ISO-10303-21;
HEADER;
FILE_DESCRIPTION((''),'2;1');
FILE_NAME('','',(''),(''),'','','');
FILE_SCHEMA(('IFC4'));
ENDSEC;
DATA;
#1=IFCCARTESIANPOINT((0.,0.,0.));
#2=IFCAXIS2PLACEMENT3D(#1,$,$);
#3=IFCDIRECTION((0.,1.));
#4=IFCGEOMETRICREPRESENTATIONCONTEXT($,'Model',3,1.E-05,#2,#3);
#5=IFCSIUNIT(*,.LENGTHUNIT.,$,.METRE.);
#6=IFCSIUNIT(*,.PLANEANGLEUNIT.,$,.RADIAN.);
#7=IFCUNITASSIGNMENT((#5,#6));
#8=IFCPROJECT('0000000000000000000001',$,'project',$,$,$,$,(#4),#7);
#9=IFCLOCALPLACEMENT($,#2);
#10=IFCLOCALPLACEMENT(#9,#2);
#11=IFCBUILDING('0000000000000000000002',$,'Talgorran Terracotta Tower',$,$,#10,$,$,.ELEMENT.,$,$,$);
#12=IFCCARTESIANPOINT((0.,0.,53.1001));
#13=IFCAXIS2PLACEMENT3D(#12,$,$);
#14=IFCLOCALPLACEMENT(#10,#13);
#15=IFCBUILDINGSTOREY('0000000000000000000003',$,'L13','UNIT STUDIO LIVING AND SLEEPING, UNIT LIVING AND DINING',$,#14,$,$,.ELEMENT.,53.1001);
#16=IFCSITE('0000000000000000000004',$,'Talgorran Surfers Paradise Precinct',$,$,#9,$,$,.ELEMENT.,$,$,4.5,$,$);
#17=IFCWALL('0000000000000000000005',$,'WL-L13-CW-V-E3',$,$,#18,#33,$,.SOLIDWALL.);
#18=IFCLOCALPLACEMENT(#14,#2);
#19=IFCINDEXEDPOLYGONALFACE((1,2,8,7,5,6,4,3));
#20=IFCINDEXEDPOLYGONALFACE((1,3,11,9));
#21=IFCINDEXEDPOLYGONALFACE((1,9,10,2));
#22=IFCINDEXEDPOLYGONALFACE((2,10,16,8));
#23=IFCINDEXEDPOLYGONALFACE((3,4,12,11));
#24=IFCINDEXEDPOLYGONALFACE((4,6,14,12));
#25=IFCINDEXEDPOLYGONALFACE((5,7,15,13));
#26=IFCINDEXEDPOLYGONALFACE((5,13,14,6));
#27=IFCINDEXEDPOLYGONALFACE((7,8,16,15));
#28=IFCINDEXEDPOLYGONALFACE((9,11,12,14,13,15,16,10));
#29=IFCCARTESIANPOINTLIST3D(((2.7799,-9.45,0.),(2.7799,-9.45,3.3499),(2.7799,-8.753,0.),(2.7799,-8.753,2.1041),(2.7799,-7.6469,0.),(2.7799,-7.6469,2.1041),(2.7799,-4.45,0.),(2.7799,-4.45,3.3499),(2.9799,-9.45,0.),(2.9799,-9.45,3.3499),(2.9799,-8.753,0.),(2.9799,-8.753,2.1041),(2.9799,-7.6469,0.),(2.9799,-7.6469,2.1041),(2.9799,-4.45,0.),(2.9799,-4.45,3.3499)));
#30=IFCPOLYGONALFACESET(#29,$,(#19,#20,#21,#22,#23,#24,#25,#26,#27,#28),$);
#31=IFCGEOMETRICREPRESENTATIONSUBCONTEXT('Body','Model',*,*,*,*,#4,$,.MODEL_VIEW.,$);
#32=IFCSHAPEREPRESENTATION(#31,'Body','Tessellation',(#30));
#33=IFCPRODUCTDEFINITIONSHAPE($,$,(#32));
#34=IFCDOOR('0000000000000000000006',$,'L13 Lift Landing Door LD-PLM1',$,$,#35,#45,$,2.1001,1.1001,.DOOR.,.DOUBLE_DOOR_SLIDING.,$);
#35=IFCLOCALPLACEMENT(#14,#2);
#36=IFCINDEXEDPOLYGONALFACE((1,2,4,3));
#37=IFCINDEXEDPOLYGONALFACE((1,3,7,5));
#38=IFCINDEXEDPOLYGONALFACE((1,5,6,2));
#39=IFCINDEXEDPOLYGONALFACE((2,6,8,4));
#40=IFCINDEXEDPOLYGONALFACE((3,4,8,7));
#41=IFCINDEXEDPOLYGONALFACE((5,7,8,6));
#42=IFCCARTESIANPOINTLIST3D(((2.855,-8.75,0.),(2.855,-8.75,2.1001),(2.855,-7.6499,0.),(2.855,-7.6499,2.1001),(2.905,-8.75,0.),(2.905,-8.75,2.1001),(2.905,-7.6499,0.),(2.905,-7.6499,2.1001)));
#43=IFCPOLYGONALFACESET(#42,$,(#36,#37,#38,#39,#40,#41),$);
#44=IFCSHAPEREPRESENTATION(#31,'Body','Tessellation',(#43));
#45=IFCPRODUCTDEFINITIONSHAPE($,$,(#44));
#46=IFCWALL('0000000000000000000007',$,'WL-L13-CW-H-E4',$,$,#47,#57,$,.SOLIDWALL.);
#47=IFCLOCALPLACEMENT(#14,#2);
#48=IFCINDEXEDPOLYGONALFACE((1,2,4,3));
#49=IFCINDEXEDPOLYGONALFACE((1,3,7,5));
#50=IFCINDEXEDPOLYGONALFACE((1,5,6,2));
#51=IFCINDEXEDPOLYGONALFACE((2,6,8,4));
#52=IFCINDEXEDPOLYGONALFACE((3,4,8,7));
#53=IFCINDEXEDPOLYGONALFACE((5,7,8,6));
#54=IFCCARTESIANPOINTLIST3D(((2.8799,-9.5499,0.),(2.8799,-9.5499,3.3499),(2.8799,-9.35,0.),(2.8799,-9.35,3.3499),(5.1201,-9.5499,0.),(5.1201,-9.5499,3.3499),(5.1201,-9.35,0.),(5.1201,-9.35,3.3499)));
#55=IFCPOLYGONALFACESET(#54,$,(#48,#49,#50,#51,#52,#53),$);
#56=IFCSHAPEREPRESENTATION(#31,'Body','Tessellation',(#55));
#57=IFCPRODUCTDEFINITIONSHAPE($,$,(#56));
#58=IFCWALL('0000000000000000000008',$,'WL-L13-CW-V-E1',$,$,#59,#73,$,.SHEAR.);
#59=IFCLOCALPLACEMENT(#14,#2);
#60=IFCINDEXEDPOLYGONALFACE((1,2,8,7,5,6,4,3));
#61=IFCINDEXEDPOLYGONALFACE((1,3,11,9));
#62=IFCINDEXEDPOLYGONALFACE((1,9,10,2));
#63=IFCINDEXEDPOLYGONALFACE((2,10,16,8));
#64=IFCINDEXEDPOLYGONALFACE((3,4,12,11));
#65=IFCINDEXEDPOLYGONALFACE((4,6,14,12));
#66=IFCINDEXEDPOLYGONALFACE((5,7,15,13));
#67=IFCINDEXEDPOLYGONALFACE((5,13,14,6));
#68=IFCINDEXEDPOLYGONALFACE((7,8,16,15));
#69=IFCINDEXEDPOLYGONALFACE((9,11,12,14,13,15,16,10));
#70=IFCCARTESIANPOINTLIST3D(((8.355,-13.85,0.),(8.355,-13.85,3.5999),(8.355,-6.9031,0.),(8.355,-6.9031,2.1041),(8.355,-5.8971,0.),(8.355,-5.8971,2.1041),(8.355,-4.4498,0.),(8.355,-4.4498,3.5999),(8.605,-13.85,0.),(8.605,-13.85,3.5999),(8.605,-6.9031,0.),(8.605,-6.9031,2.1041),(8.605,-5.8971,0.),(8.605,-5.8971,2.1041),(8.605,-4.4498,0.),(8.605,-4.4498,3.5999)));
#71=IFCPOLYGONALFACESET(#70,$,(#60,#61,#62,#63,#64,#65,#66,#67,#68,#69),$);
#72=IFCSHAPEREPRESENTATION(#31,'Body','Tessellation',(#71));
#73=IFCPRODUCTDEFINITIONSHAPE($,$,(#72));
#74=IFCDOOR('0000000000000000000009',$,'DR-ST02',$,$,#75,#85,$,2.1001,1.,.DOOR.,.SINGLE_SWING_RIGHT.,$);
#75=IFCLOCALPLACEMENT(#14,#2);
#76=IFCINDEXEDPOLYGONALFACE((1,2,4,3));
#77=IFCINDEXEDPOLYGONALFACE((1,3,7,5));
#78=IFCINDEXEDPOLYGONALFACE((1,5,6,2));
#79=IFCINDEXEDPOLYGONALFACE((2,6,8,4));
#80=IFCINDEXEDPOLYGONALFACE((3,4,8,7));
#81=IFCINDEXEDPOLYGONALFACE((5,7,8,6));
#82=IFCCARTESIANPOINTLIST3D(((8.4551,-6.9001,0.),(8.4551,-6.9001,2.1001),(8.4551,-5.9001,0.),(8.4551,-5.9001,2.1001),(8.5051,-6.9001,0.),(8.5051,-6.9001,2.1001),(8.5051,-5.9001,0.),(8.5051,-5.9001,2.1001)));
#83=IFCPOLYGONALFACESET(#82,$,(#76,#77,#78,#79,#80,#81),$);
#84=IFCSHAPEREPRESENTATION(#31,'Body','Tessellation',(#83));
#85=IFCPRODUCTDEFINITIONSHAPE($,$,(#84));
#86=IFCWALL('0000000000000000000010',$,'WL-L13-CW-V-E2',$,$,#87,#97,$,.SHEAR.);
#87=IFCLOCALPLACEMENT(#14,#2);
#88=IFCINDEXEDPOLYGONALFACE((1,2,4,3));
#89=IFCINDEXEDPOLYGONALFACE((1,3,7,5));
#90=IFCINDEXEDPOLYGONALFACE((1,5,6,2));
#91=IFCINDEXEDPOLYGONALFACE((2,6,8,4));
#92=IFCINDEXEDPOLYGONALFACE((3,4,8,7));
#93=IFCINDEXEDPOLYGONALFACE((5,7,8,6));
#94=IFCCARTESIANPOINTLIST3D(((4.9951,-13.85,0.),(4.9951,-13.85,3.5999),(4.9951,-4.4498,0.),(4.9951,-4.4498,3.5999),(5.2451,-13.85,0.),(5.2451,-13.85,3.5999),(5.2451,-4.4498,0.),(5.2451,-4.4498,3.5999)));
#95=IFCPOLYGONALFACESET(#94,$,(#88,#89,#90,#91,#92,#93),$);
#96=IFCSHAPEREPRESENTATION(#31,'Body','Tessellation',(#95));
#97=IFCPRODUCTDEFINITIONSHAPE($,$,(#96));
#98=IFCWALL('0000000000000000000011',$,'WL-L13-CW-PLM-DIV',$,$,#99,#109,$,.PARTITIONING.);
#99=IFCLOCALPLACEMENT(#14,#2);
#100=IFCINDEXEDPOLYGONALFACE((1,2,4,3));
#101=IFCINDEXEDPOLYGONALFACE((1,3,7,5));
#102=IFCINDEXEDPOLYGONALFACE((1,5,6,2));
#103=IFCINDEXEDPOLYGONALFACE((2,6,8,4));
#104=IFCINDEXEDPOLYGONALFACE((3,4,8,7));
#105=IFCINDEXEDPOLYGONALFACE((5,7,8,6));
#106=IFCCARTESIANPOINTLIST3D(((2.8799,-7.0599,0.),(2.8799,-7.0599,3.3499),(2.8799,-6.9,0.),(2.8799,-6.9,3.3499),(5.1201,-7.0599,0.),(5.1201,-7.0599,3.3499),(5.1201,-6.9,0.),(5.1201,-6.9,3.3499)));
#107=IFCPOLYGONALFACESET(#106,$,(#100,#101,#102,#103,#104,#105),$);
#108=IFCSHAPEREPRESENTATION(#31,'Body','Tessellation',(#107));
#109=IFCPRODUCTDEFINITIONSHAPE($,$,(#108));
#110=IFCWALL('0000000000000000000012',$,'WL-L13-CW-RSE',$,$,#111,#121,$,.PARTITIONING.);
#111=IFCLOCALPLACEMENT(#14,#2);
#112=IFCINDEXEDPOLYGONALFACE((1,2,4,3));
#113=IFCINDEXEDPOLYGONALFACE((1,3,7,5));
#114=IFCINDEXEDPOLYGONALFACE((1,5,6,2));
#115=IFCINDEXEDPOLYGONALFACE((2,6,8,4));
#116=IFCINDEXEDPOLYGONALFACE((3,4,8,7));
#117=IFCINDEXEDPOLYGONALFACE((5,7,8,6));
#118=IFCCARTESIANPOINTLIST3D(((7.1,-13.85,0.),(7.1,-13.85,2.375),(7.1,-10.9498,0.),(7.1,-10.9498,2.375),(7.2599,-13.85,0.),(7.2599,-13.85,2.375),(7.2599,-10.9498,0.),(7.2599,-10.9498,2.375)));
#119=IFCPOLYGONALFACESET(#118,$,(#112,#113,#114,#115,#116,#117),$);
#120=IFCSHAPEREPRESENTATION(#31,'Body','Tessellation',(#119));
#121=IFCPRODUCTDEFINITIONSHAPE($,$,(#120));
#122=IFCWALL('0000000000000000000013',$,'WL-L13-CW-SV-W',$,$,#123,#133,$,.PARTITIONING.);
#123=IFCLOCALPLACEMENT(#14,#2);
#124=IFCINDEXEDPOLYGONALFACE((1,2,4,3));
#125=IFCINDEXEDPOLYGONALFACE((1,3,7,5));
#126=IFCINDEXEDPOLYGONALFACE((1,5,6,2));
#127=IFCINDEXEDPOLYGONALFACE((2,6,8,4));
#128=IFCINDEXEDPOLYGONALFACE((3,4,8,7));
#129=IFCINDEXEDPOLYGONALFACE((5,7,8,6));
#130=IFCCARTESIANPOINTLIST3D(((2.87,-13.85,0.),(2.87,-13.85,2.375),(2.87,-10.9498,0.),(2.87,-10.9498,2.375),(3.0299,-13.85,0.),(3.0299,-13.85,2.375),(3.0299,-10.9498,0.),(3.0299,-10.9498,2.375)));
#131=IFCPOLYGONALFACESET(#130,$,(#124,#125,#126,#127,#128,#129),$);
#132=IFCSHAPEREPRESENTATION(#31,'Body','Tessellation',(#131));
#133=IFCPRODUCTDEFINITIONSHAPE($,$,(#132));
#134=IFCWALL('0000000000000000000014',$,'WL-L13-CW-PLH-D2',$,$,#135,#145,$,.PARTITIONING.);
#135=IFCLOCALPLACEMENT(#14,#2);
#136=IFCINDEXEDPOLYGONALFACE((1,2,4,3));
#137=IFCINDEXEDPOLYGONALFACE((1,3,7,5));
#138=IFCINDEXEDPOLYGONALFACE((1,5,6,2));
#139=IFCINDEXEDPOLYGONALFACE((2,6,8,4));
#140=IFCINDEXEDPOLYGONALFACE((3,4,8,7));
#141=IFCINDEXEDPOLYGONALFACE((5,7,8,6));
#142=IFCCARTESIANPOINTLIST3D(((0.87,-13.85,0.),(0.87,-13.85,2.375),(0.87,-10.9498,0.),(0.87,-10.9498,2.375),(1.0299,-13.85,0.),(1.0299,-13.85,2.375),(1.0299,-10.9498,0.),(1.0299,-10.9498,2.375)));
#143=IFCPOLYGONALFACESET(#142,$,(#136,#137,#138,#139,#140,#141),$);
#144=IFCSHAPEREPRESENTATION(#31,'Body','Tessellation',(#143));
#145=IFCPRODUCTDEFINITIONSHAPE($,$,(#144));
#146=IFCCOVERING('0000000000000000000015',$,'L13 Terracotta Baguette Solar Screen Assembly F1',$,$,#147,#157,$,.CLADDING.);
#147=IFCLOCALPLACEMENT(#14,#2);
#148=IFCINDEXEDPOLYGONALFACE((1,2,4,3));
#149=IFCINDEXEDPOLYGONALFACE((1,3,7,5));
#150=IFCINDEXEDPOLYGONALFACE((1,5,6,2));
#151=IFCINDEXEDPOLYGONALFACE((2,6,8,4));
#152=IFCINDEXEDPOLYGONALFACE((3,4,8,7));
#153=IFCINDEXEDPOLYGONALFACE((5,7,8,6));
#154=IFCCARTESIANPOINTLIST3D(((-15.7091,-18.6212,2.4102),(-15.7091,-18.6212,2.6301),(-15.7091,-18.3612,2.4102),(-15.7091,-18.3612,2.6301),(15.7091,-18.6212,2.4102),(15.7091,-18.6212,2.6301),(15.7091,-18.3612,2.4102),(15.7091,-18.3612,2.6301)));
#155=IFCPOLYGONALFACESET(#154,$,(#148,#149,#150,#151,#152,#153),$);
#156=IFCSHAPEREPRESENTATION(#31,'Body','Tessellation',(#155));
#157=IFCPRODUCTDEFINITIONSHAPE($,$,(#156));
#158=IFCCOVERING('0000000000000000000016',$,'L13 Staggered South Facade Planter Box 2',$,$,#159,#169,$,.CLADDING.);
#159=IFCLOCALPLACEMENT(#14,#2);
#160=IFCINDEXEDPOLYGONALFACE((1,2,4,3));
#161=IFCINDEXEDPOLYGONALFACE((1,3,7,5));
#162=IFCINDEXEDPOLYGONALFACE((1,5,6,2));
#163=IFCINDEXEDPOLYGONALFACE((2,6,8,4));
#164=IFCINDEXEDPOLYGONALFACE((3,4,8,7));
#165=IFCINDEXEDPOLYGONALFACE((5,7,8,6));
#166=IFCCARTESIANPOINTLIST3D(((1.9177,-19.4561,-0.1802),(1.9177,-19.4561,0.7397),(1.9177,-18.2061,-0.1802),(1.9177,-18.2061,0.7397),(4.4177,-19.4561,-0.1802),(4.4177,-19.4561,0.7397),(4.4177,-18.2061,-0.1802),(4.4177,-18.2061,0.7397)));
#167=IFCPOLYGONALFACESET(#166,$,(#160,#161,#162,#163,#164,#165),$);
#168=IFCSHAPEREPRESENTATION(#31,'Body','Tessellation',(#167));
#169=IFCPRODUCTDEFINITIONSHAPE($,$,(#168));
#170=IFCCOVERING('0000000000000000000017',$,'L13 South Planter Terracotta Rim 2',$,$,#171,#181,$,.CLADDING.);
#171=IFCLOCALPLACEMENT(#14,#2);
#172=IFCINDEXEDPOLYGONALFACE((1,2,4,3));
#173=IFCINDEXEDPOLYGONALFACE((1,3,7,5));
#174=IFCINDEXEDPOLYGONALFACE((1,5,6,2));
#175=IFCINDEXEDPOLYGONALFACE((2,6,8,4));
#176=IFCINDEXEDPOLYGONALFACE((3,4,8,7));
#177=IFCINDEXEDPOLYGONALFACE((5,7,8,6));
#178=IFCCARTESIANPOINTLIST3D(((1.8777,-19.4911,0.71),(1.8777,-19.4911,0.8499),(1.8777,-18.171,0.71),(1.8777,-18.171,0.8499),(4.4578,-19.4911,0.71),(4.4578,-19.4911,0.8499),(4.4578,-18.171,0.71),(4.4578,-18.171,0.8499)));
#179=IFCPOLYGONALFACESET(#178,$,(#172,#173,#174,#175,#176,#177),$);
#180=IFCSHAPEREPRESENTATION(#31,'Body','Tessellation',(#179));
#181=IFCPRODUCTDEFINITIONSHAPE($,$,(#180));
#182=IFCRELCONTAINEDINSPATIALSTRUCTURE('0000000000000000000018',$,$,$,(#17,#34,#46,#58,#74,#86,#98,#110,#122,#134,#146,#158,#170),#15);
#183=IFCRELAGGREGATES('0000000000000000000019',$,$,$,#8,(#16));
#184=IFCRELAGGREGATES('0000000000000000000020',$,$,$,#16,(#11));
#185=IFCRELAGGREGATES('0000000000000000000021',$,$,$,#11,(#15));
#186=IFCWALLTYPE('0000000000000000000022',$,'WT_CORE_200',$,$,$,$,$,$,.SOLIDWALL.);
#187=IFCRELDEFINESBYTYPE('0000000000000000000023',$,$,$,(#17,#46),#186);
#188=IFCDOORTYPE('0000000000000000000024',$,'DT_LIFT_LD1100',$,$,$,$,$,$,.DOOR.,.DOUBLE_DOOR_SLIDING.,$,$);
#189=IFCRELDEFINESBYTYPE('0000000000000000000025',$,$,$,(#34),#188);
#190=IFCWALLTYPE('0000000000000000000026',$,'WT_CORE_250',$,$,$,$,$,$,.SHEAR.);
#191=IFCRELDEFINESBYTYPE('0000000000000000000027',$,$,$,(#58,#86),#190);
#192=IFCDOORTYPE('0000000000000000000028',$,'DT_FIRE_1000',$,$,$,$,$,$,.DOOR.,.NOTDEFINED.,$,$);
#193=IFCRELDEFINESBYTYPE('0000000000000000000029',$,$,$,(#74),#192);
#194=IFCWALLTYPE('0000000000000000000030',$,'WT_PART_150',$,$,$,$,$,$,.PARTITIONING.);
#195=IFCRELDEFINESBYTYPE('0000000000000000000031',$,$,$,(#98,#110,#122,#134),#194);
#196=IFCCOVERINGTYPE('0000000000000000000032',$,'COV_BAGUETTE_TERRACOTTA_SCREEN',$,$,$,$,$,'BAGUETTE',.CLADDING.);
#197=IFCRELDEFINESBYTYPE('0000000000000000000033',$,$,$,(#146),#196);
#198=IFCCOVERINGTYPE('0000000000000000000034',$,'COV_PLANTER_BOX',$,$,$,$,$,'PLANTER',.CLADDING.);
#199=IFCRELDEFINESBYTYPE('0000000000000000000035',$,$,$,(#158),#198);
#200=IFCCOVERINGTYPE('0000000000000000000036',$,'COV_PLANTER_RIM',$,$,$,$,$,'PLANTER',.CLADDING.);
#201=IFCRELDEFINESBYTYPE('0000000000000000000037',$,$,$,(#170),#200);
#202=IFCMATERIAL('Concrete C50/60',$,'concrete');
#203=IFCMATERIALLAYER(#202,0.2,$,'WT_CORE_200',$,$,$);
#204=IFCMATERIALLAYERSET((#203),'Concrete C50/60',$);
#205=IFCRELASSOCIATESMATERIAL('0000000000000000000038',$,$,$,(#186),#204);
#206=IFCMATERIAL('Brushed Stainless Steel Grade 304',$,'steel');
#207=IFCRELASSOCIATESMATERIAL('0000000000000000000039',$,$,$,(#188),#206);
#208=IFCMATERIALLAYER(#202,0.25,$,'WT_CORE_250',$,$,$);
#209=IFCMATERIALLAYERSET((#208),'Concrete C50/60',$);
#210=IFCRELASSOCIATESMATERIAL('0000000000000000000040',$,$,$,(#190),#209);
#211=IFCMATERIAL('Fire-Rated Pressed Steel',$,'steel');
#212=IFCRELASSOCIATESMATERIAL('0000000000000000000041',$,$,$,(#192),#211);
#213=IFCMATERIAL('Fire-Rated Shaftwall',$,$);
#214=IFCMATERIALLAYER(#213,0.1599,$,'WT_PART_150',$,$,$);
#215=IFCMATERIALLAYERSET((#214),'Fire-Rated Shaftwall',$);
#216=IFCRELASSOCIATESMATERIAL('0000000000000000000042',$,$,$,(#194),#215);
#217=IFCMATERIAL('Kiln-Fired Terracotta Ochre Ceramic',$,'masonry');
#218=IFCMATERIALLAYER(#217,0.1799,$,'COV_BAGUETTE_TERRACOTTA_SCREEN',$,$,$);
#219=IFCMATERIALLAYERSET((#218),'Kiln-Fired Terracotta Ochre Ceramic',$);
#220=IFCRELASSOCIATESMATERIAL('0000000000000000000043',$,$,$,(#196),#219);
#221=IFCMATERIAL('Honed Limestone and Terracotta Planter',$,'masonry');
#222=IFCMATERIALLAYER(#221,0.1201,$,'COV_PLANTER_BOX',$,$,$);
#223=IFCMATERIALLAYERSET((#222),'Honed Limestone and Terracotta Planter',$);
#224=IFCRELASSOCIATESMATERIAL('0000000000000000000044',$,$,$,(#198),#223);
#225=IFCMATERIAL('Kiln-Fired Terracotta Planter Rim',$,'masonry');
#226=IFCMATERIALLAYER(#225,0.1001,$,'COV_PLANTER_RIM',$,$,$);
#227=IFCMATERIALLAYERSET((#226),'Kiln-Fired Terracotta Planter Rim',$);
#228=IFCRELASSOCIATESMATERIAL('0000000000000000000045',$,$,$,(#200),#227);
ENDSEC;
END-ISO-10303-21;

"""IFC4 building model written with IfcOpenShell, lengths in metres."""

from ifc_helpers import new_model, si_unit, direction, frame, frame_2d, origin, origin_2d, place, context, subcontext, project, spatial, rectangle, extrude, material, layer, layer_set, type_object, element, fill, save


model = new_model("IFC4")

# Units and contexts
model_context = context("Model", 3, precision=1e-05, world=origin(), true_north=direction((0.0, 1.0)))
body_context = subcontext(model_context, "Body", "Model", "MODEL_VIEW")
ifc_project = project(units=[si_unit("LENGTHUNIT", "METRE"), si_unit("PLANEANGLEUNIT", "RADIAN")], contexts=[model_context])

# Site, building, storey
site_placement = place(None, origin())
site = spatial("IfcSite", under=ifc_project, at=site_placement, Name="Talgorran Surfers Paradise Precinct", CompositionType="ELEMENT", RefElevation=4.5)
building_placement = place(site_placement, origin())
building = spatial("IfcBuilding", under=site, at=building_placement, Name="Talgorran Terracotta Tower", CompositionType="ELEMENT")
storey_placement = place(building_placement, frame((0.0, 0.0, 53.1001)))
storey = spatial("IfcBuildingStorey", under=building, at=storey_placement, Name="L13", Description="UNIT STUDIO LIVING AND SLEEPING, UNIT LIVING AND DINING", CompositionType="ELEMENT", Elevation=53.1001)

# Shared definitions
ifc_material_1 = material(Name="Concrete C50/60", Category="concrete")
ifc_layer_1 = layer(ifc_material_1, 0.2, Name="WT_CORE_200")
ifc_layer_set_1 = layer_set([ifc_layer_1], Name="Concrete C50/60")
wall_type_1 = type_object("IfcWallType", Name="WT_CORE_200", PredefinedType="SOLIDWALL", material=ifc_layer_set_1)

# Shared definitions
ifc_material_2 = material(Name="Brushed Stainless Steel Grade 304", Category="steel")
door_type_1 = type_object("IfcDoorType", Name="DT_LIFT_LD1100", OperationType="DOUBLE_DOOR_SLIDING", PredefinedType="DOOR", material=ifc_material_2)
ifc_material_3 = material(Name="Fire-Rated Pressed Steel", Category="steel")

# Wall, opening, door
wall_1_placement = place(storey_placement, frame((2.8799, -9.45, 0.0), z_axis=(0.0, 0.0, 1.0), x_axis=(0.0, 1.0, 0.0)))
wall_1 = element("IfcWall", 1, at=wall_1_placement, inside=storey, type_object=wall_type_1, Name="WL-L13-CW-V-E3", PredefinedType="SOLIDWALL", context=body_context, shape_type="SweptSolid", body=[
    extrude(rectangle(XDim=5.0, YDim=0.2, at=frame_2d((2.5, 0.0))), origin(), (0.0, 0.0, 1.0), 3.3499),
])
opening_1_placement = place(wall_1_placement, frame((0.7, 0.0, 0.0)))
opening_1 = element("IfcOpeningElement", 2, at=opening_1_placement, cuts=wall_1, PredefinedType="OPENING", context=body_context, shape_type="SweptSolid", body=[
    extrude(rectangle(XDim=1.1061, YDim=2.1041, at=frame_2d((0.55, 1.052))), frame((0.0, 0.1099, 0.0), z_axis=(0.0, -1.0, 0.0), x_axis=(1.0, 0.0, 0.0)), (0.0, 0.0, 1.0), 0.22),
])
door_1_placement = place(opening_1_placement, origin())
door_1 = element("IfcDoor", 3, at=door_1_placement, inside=storey, type_object=door_type_1, Name="L13 Lift Landing Door LD-PLM1", OperationType="DOUBLE_DOOR_SLIDING", OverallHeight=2.1001, OverallWidth=1.1001, PredefinedType="DOOR", context=body_context, shape_type="SweptSolid", body=[
    extrude(rectangle(XDim=1.1001, YDim=2.1001, at=frame_2d((0.55, 1.05))), frame((0.0, 0.0249, 0.0), z_axis=(0.0, -1.0, 0.0), x_axis=(1.0, 0.0, 0.0)), (0.0, 0.0, 1.0), 0.05),
])
fill(opening_1, door_1)

# Wall
wall_2_placement = place(storey_placement, frame((2.8799, -9.45, 0.0), z_axis=(0.0, 0.0, 1.0), x_axis=(1.0, 0.0, 0.0)))
element("IfcWall", 4, at=wall_2_placement, inside=storey, type_object=wall_type_1, Name="WL-L13-CW-H-E4", PredefinedType="SOLIDWALL", context=body_context, shape_type="SweptSolid", body=[
    extrude(rectangle(XDim=2.2402, YDim=0.2, at=frame_2d((1.1201, 0.0))), origin(), (0.0, 0.0, 1.0), 3.3499),
])

# Wall, opening, door
ifc_layer_2 = layer(ifc_material_1, 0.25, Name="WT_CORE_250")
ifc_layer_set_2 = layer_set([ifc_layer_2], Name="Concrete C50/60")
wall_type_2 = type_object("IfcWallType", Name="WT_CORE_250", PredefinedType="SHEAR", material=ifc_layer_set_2)
wall_3_placement = place(storey_placement, frame((8.48, -13.8501, 0.0), z_axis=(0.0, 0.0, 1.0), x_axis=(0.0, 1.0, 0.0)))
wall_3 = element("IfcWall", 5, at=wall_3_placement, inside=storey, type_object=wall_type_2, Name="WL-L13-CW-V-E1", PredefinedType="SHEAR", context=body_context, shape_type="SweptSolid", body=[
    extrude(rectangle(XDim=9.4001, YDim=0.25, at=frame_2d((4.7002, 0.0))), origin(), (0.0, 0.0, 1.0), 3.5999),
])
opening_2_placement = place(wall_3_placement, frame((6.95, 0.0, 0.0)))
opening_2 = element("IfcOpeningElement", 6, at=opening_2_placement, cuts=wall_3, PredefinedType="OPENING", context=body_context, shape_type="SweptSolid", body=[
    extrude(rectangle(XDim=1.006, YDim=2.1041, at=frame_2d((0.5, 1.052))), frame((0.0, 0.135, 0.0), z_axis=(0.0, -1.0, 0.0), x_axis=(1.0, 0.0, 0.0)), (0.0, 0.0, 1.0), 0.27),
])
door_type_2 = type_object("IfcDoorType", Name="DT_FIRE_1000", OperationType="NOTDEFINED", PredefinedType="DOOR", material=ifc_material_3)
door_2_placement = place(opening_2_placement, origin())
door_2 = element("IfcDoor", 7, at=door_2_placement, inside=storey, type_object=door_type_2, Name="DR-ST02", OperationType="SINGLE_SWING_RIGHT", OverallHeight=2.1001, OverallWidth=1.0, PredefinedType="DOOR", context=body_context, shape_type="SweptSolid", body=[
    extrude(rectangle(XDim=1.0, YDim=2.1001, at=frame_2d((0.5, 1.05))), frame((0.0, 0.0249, 0.0), z_axis=(0.0, -1.0, 0.0), x_axis=(1.0, 0.0, 0.0)), (0.0, 0.0, 1.0), 0.05),
])
fill(opening_2, door_2)

# Walls
wall_4_placement = place(storey_placement, frame((5.1201, -13.8501, 0.0), z_axis=(0.0, 0.0, 1.0), x_axis=(0.0, 1.0, 0.0)))
element("IfcWall", 8, at=wall_4_placement, inside=storey, type_object=wall_type_2, Name="WL-L13-CW-V-E2", PredefinedType="SHEAR", context=body_context, shape_type="SweptSolid", body=[
    extrude(rectangle(XDim=9.4001, YDim=0.25, at=frame_2d((4.7002, 0.0))), origin(), (0.0, 0.0, 1.0), 3.5999),
])
ifc_material_4 = material(Name="Fire-Rated Shaftwall")
ifc_layer_3 = layer(ifc_material_4, 0.1599, Name="WT_PART_150")
ifc_layer_set_3 = layer_set([ifc_layer_3], Name="Fire-Rated Shaftwall")
wall_type_3 = type_object("IfcWallType", Name="WT_PART_150", PredefinedType="PARTITIONING", material=ifc_layer_set_3)
wall_5_placement = place(storey_placement, frame((2.8799, -6.98, 0.0), z_axis=(0.0, 0.0, 1.0), x_axis=(1.0, 0.0, 0.0)))
element("IfcWall", 9, at=wall_5_placement, inside=storey, type_object=wall_type_3, Name="WL-L13-CW-PLM-DIV", PredefinedType="PARTITIONING", context=body_context, shape_type="SweptSolid", body=[
    extrude(rectangle(XDim=2.2402, YDim=0.1599, at=frame_2d((1.1201, 0.0))), origin(), (0.0, 0.0, 1.0), 3.3499),
])
for number, where, z_axis, x_axis, name in (
    (10, (7.1799, -13.8501, 0.0), (0.0, 0.0, 1.0), (0.0, 1.0, 0.0), "WL-L13-CW-RSE"),
    (11, (2.95, -13.8501, 0.0), (0.0, 0.0, 1.0), (0.0, 1.0, 0.0), "WL-L13-CW-SV-W"),
    (12, (0.95, -13.8501, 0.0), (0.0, 0.0, 1.0), (0.0, 1.0, 0.0), "WL-L13-CW-PLH-D2"),
):
    element("IfcWall", number, at=place(storey_placement, frame(where, z_axis=z_axis, x_axis=x_axis)), inside=storey, type_object=wall_type_3, Name=name, PredefinedType="PARTITIONING", context=body_context, shape_type="SweptSolid", body=[
        extrude(rectangle(XDim=2.9001, YDim=0.1599, at=frame_2d((1.4502, 0.0))), origin(), (0.0, 0.0, 1.0), 2.375),
    ])

# Coverings
ifc_material_5 = material(Name="Kiln-Fired Terracotta Ochre Ceramic", Category="masonry")
ifc_layer_4 = layer(ifc_material_5, 0.1799, Name="COV_BAGUETTE_TERRACOTTA_SCREEN")
ifc_layer_set_4 = layer_set([ifc_layer_4], Name="Kiln-Fired Terracotta Ochre Ceramic")
covering_type_1 = type_object("IfcCoveringType", Name="COV_BAGUETTE_TERRACOTTA_SCREEN", ElementType="BAGUETTE", PredefinedType="CLADDING", material=ifc_layer_set_4)
covering_1_placement = place(storey_placement, frame((0.0, -18.4912, 2.4102), z_axis=(0.0, 0.0, 1.0), x_axis=(1.0, 0.0, 0.0)))
element("IfcCovering", 13, at=covering_1_placement, inside=storey, type_object=covering_type_1, Name="L13 Terracotta Baguette Solar Screen Assembly F1", PredefinedType="CLADDING", context=body_context, shape_type="SweptSolid", body=[
    extrude(rectangle(XDim=31.4182, YDim=0.26, at=origin_2d()), origin(), (0.0, 0.0, 1.0), 0.22),
])
ifc_material_6 = material(Name="Honed Limestone and Terracotta Planter", Category="masonry")
ifc_layer_5 = layer(ifc_material_6, 0.1201, Name="COV_PLANTER_BOX")
ifc_layer_set_5 = layer_set([ifc_layer_5], Name="Honed Limestone and Terracotta Planter")
covering_type_2 = type_object("IfcCoveringType", Name="COV_PLANTER_BOX", ElementType="PLANTER", PredefinedType="CLADDING", material=ifc_layer_set_5)
covering_2_placement = place(storey_placement, frame((3.1677, -18.8311, -0.1802), z_axis=(0.0, 0.0, 1.0), x_axis=(1.0, 0.0, 0.0)))
element("IfcCovering", 14, at=covering_2_placement, inside=storey, type_object=covering_type_2, Name="L13 Staggered South Facade Planter Box 2", PredefinedType="CLADDING", context=body_context, shape_type="SweptSolid", body=[
    extrude(rectangle(XDim=2.5, YDim=1.25, at=origin_2d()), origin(), (0.0, 0.0, 1.0), 0.9199),
])
ifc_material_7 = material(Name="Kiln-Fired Terracotta Planter Rim", Category="masonry")
ifc_layer_6 = layer(ifc_material_7, 0.1001, Name="COV_PLANTER_RIM")
ifc_layer_set_6 = layer_set([ifc_layer_6], Name="Kiln-Fired Terracotta Planter Rim")
covering_type_3 = type_object("IfcCoveringType", Name="COV_PLANTER_RIM", ElementType="PLANTER", PredefinedType="CLADDING", material=ifc_layer_set_6)
covering_3_placement = place(storey_placement, frame((3.1677, -18.8311, 0.71), z_axis=(0.0, 0.0, 1.0), x_axis=(1.0, 0.0, 0.0)))
element("IfcCovering", 15, at=covering_3_placement, inside=storey, type_object=covering_type_3, Name="L13 South Planter Terracotta Rim 2", PredefinedType="CLADDING", context=body_context, shape_type="SweptSolid", body=[
    extrude(rectangle(XDim=2.5801, YDim=1.3201, at=origin_2d()), origin(), (0.0, 0.0, 1.0), 0.1399),
])

save(model, "model.ifc")
